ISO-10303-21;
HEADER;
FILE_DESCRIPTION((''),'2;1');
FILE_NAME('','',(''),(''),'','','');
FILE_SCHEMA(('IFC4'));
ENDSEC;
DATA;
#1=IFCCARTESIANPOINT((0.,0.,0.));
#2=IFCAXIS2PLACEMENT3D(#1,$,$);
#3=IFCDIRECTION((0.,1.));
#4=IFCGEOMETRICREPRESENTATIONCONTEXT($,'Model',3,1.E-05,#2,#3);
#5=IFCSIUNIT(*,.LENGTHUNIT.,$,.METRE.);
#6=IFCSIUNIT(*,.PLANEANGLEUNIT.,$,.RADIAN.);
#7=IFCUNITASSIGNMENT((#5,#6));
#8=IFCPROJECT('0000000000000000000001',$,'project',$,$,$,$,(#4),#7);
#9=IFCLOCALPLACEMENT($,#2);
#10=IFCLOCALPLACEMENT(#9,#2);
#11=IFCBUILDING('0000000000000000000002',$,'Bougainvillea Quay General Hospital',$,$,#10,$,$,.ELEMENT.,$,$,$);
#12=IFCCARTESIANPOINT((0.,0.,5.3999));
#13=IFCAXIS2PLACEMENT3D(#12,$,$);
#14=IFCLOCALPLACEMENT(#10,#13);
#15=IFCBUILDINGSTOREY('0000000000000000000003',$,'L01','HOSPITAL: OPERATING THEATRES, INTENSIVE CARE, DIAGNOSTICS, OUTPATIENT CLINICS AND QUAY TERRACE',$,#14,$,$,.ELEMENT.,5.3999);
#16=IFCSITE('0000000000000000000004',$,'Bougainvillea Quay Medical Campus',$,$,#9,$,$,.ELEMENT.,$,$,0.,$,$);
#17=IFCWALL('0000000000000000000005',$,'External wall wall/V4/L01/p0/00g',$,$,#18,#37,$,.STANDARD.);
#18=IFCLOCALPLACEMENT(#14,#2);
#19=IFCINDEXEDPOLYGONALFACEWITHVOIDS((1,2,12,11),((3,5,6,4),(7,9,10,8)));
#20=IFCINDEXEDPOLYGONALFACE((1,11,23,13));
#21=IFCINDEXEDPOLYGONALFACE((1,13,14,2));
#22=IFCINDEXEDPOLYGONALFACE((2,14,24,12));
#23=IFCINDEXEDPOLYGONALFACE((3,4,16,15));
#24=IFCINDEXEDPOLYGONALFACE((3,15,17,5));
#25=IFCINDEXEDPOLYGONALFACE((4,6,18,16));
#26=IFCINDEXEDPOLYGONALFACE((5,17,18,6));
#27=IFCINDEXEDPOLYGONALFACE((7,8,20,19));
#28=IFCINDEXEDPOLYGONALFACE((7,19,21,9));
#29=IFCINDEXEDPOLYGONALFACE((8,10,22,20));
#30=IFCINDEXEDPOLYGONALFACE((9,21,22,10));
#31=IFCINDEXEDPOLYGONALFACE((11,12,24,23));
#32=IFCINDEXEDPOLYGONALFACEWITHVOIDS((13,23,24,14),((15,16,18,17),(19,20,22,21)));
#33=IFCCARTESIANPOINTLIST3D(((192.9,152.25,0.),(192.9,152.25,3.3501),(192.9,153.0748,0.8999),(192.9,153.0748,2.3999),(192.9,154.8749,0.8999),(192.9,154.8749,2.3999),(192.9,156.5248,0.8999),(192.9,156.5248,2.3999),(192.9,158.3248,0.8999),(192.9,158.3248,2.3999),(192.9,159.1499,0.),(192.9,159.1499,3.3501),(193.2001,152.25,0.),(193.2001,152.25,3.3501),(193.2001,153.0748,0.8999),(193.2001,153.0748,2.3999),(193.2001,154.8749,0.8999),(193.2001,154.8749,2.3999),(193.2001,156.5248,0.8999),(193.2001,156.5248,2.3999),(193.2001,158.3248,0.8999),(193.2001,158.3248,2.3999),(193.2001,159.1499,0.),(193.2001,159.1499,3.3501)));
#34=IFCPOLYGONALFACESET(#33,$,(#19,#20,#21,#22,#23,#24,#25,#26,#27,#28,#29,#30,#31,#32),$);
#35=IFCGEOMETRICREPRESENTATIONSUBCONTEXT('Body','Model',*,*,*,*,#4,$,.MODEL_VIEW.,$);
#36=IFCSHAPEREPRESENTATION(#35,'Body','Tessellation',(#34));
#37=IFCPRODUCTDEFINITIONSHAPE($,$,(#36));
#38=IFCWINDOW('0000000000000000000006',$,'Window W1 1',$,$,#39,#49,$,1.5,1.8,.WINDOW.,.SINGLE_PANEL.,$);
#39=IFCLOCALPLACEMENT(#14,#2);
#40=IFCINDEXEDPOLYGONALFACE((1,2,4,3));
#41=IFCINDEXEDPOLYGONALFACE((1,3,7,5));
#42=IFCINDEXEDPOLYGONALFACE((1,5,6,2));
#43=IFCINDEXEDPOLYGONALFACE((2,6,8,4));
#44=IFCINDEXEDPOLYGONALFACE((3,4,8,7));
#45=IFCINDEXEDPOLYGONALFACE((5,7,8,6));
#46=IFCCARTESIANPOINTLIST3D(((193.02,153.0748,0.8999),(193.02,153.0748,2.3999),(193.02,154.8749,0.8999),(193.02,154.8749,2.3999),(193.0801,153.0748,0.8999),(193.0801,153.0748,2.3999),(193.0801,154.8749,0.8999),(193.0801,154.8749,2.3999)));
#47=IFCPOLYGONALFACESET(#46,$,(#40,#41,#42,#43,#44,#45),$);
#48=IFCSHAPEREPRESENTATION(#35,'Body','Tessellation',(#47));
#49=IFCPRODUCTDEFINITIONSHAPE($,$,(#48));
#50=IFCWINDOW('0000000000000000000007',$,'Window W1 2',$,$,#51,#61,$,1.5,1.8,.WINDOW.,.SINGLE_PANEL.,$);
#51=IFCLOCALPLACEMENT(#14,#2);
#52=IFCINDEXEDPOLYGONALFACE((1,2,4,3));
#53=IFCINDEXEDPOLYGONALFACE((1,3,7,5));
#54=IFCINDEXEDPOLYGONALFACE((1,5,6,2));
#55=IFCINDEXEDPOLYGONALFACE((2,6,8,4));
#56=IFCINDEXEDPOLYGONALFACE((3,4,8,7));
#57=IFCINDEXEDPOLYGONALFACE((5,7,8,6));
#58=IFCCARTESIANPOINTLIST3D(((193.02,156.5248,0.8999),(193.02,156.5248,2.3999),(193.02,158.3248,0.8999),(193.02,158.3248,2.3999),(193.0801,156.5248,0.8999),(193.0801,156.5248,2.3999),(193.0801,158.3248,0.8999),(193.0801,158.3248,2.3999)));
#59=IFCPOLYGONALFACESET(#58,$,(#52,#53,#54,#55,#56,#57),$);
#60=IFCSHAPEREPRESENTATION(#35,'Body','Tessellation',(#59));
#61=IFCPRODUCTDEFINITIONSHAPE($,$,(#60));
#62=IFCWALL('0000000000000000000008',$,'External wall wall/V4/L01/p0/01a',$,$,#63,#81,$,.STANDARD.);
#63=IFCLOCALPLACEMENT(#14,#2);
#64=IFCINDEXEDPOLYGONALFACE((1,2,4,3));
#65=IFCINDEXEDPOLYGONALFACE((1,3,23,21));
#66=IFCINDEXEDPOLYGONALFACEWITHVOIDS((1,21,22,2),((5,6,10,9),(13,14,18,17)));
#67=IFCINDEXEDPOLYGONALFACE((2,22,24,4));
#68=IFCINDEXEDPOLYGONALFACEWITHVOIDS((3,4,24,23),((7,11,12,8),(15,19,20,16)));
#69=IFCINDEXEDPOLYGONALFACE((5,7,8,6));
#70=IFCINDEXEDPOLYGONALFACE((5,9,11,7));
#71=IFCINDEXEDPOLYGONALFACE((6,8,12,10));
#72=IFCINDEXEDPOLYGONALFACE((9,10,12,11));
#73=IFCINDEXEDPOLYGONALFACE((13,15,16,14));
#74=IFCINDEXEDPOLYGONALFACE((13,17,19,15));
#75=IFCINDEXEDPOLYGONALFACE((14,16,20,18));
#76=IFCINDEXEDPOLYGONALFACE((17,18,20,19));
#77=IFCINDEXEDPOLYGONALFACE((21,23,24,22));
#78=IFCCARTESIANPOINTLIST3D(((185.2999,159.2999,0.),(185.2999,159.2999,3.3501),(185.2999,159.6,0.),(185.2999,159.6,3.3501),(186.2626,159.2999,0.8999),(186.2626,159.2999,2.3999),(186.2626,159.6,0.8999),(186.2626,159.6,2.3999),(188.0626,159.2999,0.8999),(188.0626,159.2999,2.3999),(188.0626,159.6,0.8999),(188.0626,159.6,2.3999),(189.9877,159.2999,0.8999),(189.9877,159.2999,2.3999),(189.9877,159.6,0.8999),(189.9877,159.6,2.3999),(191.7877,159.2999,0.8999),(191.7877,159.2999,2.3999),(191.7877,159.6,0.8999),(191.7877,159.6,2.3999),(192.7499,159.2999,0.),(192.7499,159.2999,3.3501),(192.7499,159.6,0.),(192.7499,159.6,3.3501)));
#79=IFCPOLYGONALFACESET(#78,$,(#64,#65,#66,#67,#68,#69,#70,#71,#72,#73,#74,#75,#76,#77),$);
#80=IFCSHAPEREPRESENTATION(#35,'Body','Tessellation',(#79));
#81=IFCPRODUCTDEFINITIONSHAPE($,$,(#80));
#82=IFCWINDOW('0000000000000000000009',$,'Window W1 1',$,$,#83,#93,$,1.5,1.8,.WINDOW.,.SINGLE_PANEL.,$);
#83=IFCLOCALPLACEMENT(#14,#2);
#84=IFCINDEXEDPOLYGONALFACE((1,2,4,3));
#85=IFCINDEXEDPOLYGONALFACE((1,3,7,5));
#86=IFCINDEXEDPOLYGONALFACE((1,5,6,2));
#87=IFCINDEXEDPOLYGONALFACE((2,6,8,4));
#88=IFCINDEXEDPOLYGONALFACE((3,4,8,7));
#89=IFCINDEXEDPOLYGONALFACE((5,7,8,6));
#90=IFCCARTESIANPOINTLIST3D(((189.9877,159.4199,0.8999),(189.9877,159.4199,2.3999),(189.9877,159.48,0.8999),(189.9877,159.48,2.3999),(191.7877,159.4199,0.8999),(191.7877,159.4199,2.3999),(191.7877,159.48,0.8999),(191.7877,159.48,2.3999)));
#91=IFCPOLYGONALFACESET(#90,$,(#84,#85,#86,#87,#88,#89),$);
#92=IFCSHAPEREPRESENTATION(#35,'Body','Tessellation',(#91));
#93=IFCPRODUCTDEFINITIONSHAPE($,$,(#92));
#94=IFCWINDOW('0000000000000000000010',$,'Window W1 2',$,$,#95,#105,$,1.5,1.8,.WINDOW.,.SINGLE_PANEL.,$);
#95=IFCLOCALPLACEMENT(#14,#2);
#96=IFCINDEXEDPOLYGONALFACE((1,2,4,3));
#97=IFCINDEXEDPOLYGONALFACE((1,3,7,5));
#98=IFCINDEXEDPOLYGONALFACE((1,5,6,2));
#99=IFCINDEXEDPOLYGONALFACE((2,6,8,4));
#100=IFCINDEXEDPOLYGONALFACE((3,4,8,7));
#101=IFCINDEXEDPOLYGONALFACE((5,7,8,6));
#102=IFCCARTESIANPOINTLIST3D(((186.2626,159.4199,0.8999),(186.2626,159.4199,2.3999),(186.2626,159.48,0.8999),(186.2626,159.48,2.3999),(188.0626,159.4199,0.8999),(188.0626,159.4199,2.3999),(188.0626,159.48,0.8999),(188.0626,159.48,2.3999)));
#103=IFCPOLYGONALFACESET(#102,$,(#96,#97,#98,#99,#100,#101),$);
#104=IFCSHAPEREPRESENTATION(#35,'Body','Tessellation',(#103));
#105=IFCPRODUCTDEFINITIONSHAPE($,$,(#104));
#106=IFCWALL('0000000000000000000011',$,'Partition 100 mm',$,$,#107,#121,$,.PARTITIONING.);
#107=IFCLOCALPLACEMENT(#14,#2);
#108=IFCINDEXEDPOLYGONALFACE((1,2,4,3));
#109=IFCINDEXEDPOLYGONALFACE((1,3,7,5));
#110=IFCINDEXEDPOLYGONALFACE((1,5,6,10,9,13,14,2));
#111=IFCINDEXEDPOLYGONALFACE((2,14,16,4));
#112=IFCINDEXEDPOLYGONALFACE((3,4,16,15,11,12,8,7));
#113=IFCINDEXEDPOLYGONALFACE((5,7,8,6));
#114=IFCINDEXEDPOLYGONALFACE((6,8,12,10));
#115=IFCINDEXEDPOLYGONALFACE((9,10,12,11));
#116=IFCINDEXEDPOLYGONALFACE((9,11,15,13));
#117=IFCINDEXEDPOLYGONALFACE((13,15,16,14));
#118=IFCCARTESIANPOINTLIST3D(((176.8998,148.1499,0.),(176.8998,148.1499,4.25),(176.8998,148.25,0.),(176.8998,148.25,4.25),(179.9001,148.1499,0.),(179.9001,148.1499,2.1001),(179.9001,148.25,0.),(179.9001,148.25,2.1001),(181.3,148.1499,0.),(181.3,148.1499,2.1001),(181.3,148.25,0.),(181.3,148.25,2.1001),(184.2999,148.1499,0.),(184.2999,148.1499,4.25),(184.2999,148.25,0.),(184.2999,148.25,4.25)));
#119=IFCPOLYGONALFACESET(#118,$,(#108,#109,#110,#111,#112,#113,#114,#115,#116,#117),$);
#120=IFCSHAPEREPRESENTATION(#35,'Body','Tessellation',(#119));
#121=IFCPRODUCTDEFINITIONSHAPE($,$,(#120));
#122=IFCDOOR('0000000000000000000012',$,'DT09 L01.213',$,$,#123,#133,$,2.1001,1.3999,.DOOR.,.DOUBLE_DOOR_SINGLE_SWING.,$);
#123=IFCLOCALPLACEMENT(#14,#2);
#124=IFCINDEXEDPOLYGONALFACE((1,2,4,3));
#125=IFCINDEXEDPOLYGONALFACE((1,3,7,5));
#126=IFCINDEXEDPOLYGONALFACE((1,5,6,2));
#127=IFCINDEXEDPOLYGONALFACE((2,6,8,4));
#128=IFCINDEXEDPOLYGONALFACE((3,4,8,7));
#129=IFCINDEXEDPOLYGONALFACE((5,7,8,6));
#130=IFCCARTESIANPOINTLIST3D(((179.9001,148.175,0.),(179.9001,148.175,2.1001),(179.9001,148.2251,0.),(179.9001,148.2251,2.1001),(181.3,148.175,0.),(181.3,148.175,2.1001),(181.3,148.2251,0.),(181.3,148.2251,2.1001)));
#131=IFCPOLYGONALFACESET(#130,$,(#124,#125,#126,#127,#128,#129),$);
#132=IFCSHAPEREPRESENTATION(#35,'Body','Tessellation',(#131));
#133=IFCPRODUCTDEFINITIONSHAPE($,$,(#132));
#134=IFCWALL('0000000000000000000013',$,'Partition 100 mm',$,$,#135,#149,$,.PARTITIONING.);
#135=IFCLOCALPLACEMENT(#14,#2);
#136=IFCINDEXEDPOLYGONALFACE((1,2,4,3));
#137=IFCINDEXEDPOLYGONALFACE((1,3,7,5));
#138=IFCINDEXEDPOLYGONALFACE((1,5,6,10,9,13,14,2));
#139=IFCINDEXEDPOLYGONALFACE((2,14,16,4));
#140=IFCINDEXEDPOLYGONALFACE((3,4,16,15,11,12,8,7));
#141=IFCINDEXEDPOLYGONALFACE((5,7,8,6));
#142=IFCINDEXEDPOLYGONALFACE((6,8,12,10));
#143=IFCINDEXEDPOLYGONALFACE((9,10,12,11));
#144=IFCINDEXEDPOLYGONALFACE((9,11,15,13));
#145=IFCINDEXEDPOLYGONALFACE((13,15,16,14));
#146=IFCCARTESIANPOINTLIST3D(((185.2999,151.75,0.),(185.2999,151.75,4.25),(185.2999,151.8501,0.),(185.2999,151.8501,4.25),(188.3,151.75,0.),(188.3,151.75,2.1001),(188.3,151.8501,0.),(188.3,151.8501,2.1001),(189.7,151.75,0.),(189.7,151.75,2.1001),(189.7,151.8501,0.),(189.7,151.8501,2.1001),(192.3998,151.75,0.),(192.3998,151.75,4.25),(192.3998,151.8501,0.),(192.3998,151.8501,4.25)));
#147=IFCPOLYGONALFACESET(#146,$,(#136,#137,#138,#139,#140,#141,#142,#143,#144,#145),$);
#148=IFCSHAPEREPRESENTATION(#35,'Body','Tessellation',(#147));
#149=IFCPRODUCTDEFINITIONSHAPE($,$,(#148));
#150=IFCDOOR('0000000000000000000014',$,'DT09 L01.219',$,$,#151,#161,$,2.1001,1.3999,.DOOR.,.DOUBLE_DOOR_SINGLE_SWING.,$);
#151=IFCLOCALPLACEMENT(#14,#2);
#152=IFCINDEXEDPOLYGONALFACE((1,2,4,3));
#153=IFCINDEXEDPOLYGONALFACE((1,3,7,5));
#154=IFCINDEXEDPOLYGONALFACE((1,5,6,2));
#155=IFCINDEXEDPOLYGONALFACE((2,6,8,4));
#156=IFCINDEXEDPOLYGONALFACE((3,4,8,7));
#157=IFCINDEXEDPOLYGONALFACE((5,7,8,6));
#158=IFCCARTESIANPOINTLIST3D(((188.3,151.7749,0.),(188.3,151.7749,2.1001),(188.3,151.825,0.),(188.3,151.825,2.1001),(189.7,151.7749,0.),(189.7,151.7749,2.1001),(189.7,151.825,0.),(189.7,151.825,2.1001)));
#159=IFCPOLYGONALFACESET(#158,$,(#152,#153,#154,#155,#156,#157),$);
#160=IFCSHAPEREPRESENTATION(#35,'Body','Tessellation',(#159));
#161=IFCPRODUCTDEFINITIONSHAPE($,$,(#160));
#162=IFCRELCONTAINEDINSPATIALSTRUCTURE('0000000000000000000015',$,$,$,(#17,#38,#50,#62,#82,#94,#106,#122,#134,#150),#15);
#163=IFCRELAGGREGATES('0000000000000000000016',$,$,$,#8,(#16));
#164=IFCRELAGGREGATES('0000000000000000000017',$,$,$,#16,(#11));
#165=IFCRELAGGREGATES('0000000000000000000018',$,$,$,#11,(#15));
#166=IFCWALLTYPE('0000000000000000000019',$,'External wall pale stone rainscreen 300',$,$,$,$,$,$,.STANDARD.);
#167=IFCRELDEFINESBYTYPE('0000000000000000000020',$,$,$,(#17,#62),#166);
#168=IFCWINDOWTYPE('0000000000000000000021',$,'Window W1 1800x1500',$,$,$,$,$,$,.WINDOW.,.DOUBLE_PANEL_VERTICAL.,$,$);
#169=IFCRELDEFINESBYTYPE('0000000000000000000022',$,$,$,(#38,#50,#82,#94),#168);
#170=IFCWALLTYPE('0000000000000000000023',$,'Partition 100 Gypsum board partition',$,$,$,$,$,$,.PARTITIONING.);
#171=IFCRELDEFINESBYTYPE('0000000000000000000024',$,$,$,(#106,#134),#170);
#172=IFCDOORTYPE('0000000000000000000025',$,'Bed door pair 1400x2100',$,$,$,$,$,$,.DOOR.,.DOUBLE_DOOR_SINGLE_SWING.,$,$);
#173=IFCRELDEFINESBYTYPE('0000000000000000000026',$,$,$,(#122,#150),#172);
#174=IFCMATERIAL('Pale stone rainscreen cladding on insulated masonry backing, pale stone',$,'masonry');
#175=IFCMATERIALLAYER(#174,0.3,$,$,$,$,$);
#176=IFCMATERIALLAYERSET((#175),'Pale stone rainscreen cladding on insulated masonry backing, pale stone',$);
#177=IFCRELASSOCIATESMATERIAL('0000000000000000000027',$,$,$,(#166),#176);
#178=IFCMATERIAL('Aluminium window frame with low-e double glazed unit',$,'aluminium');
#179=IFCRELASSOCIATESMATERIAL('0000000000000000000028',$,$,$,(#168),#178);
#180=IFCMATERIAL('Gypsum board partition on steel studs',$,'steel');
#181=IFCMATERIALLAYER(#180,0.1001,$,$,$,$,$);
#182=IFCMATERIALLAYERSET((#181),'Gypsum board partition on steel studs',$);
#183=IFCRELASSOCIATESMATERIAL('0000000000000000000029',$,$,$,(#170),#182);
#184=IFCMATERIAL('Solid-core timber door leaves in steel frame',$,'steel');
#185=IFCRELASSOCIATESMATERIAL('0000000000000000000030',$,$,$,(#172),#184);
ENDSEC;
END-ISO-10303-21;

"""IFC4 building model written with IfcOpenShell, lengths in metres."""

from ifc_helpers import new_model, si_unit, direction, frame, frame_2d, origin, place, context, subcontext, project, spatial, rectangle, extrude, material, layer, layer_set, type_object, element, fill, save


model = new_model("IFC4")

# Units and contexts
model_context = context("Model", 3, precision=1e-05, world=origin(), true_north=direction((0.0, 1.0)))
body_context = subcontext(model_context, "Body", "Model", "MODEL_VIEW")
ifc_project = project(units=[si_unit("LENGTHUNIT", "METRE"), si_unit("PLANEANGLEUNIT", "RADIAN")], contexts=[model_context])

# Site, building, storey
site_placement = place(None, origin())
site = spatial("IfcSite", under=ifc_project, at=site_placement, Name="Bougainvillea Quay Medical Campus", CompositionType="ELEMENT", RefElevation=0.0)
building_placement = place(site_placement, origin())
building = spatial("IfcBuilding", under=site, at=building_placement, Name="Bougainvillea Quay General Hospital", CompositionType="ELEMENT")
storey_placement = place(building_placement, frame((0.0, 0.0, 5.3999)))
storey = spatial("IfcBuildingStorey", under=building, at=storey_placement, Name="L01", Description="HOSPITAL: OPERATING THEATRES, INTENSIVE CARE, DIAGNOSTICS, OUTPATIENT CLINICS AND QUAY TERRACE", CompositionType="ELEMENT", Elevation=5.3999)

# Shared definitions
ifc_material_1 = material(Name="Pale stone rainscreen cladding on insulated masonry backing, pale stone", Category="masonry")
ifc_layer_1 = layer(ifc_material_1, 0.3)
ifc_layer_set_1 = layer_set([ifc_layer_1], Name="Pale stone rainscreen cladding on insulated masonry backing, pale stone")
wall_type_1 = type_object("IfcWallType", Name="External wall pale stone rainscreen 300", PredefinedType="STANDARD", material=ifc_layer_set_1)
ifc_material_2 = material(Name="Aluminium window frame with low-e double glazed unit", Category="aluminium")
window_type = type_object("IfcWindowType", Name="Window W1 1800x1500", PartitioningType="DOUBLE_PANEL_VERTICAL", PredefinedType="WINDOW", material=ifc_material_2)

# Walls, openings, windows
wall_1_placement = place(storey_placement, frame((193.05, 152.25, 0.0), z_axis=(0.0, 0.0, 1.0), x_axis=(0.0, 1.0, 0.0)))
wall_1 = element("IfcWall", 1, at=wall_1_placement, inside=storey, type_object=wall_type_1, Name="External wall wall/V4/L01/p0/00g", PredefinedType="STANDARD", context=body_context, shape_type="SweptSolid", body=[
    extrude(rectangle(XDim=6.8999, YDim=0.3, at=frame_2d((3.45, 0.0))), origin(), (0.0, 0.0, 1.0), 3.3501),
])
opening_1_placement = place(wall_1_placement, frame((0.825, 0.0, 0.8999)))
opening_1 = element("IfcOpeningElement", 2, at=opening_1_placement, cuts=wall_1, PredefinedType="OPENING", context=body_context, shape_type="SweptSolid", body=[
    extrude(rectangle(XDim=1.8, YDim=1.5, at=frame_2d((0.8999, 0.75))), frame((0.0, 0.1599, 0.0), z_axis=(0.0, -1.0, 0.0), x_axis=(1.0, 0.0, 0.0)), (0.0, 0.0, 1.0), 0.3201),
])
opening_2_placement = place(wall_1_placement, frame((4.2749, 0.0, 0.8999)))
opening_2 = element("IfcOpeningElement", 3, at=opening_2_placement, cuts=wall_1, PredefinedType="OPENING", context=body_context, shape_type="SweptSolid", body=[
    extrude(rectangle(XDim=1.8, YDim=1.5, at=frame_2d((0.8999, 0.75))), frame((0.0, 0.1599, 0.0), z_axis=(0.0, -1.0, 0.0), x_axis=(1.0, 0.0, 0.0)), (0.0, 0.0, 1.0), 0.3201),
])
window_1_placement = place(opening_1_placement, origin())
window_1 = element("IfcWindow", 4, at=window_1_placement, inside=storey, type_object=window_type, Name="Window W1 1", OverallHeight=1.5, OverallWidth=1.8, PartitioningType="SINGLE_PANEL", PredefinedType="WINDOW", context=body_context, shape_type="SweptSolid", body=[
    extrude(rectangle(XDim=1.8, YDim=1.5, at=frame_2d((0.8999, 0.75))), frame((0.0, 0.03, 0.0), z_axis=(0.0, -1.0, 0.0), x_axis=(1.0, 0.0, 0.0)), (0.0, 0.0, 1.0), 0.0601),
])
fill(opening_1, window_1)
window_2_placement = place(opening_2_placement, origin())
window_2 = element("IfcWindow", 5, at=window_2_placement, inside=storey, type_object=window_type, Name="Window W1 2", OverallHeight=1.5, OverallWidth=1.8, PartitioningType="SINGLE_PANEL", PredefinedType="WINDOW", context=body_context, shape_type="SweptSolid", body=[
    extrude(rectangle(XDim=1.8, YDim=1.5, at=frame_2d((0.8999, 0.75))), frame((0.0, 0.03, 0.0), z_axis=(0.0, -1.0, 0.0), x_axis=(1.0, 0.0, 0.0)), (0.0, 0.0, 1.0), 0.0601),
])
fill(opening_2, window_2)
wall_2_placement = place(storey_placement, frame((192.75, 159.45, 0.0), z_axis=(0.0, 0.0, 1.0), x_axis=(-1.0, 0.0, 0.0)))
wall_2 = element("IfcWall", 6, at=wall_2_placement, inside=storey, type_object=wall_type_1, Name="External wall wall/V4/L01/p0/01a", PredefinedType="STANDARD", context=body_context, shape_type="SweptSolid", body=[
    extrude(rectangle(XDim=7.45, YDim=0.3, at=frame_2d((3.7251, 0.0))), origin(), (0.0, 0.0, 1.0), 3.3501),
])
opening_3_placement = place(wall_2_placement, frame((0.9624, 0.0, 0.8999)))
opening_3 = element("IfcOpeningElement", 7, at=opening_3_placement, cuts=wall_2, PredefinedType="OPENING", context=body_context, shape_type="SweptSolid", body=[
    extrude(rectangle(XDim=1.8, YDim=1.5, at=frame_2d((0.8999, 0.75))), frame((0.0, 0.1599, 0.0), z_axis=(0.0, -1.0, 0.0), x_axis=(1.0, 0.0, 0.0)), (0.0, 0.0, 1.0), 0.3201),
])
opening_4_placement = place(wall_2_placement, frame((4.6875, 0.0, 0.8999)))
opening_4 = element("IfcOpeningElement", 8, at=opening_4_placement, cuts=wall_2, PredefinedType="OPENING", context=body_context, shape_type="SweptSolid", body=[
    extrude(rectangle(XDim=1.8, YDim=1.5, at=frame_2d((0.8999, 0.75))), frame((0.0, 0.1599, 0.0), z_axis=(0.0, -1.0, 0.0), x_axis=(1.0, 0.0, 0.0)), (0.0, 0.0, 1.0), 0.3201),
])
window_3_placement = place(opening_3_placement, origin())
window_3 = element("IfcWindow", 9, at=window_3_placement, inside=storey, type_object=window_type, Name="Window W1 1", OverallHeight=1.5, OverallWidth=1.8, PartitioningType="SINGLE_PANEL", PredefinedType="WINDOW", context=body_context, shape_type="SweptSolid", body=[
    extrude(rectangle(XDim=1.8, YDim=1.5, at=frame_2d((0.8999, 0.75))), frame((0.0, 0.03, 0.0), z_axis=(0.0, -1.0, 0.0), x_axis=(1.0, 0.0, 0.0)), (0.0, 0.0, 1.0), 0.0601),
])
fill(opening_3, window_3)
window_4_placement = place(opening_4_placement, origin())
window_4 = element("IfcWindow", 10, at=window_4_placement, inside=storey, type_object=window_type, Name="Window W1 2", OverallHeight=1.5, OverallWidth=1.8, PartitioningType="SINGLE_PANEL", PredefinedType="WINDOW", context=body_context, shape_type="SweptSolid", body=[
    extrude(rectangle(XDim=1.8, YDim=1.5, at=frame_2d((0.8999, 0.75))), frame((0.0, 0.03, 0.0), z_axis=(0.0, -1.0, 0.0), x_axis=(1.0, 0.0, 0.0)), (0.0, 0.0, 1.0), 0.0601),
])
fill(opening_4, window_4)

# Walls, openings, doors
ifc_material_3 = material(Name="Gypsum board partition on steel studs", Category="steel")
ifc_layer_2 = layer(ifc_material_3, 0.1001)
ifc_layer_set_2 = layer_set([ifc_layer_2], Name="Gypsum board partition on steel studs")
wall_type_2 = type_object("IfcWallType", Name="Partition 100 Gypsum board partition", PredefinedType="PARTITIONING", material=ifc_layer_set_2)
wall_3_placement = place(storey_placement, frame((184.3, 148.2, 0.0), z_axis=(0.0, 0.0, 1.0), x_axis=(-1.0, 0.0, 0.0)))
wall_3 = element("IfcWall", 11, at=wall_3_placement, inside=storey, type_object=wall_type_2, Name="Partition 100 mm", PredefinedType="PARTITIONING", context=body_context, shape_type="SweptSolid", body=[
    extrude(rectangle(XDim=7.4001, YDim=0.1001, at=frame_2d((3.7002, 0.0))), origin(), (0.0, 0.0, 1.0), 4.25),
])
opening_5_placement = place(wall_3_placement, frame((3.0, 0.0, 0.0)))
opening_5 = element("IfcOpeningElement", 12, at=opening_5_placement, cuts=wall_3, PredefinedType="OPENING", context=body_context, shape_type="SweptSolid", body=[
    extrude(rectangle(XDim=1.3999, YDim=2.1001, at=frame_2d((0.7, 1.05))), frame((0.0, 0.0601, 0.0), z_axis=(0.0, -1.0, 0.0), x_axis=(1.0, 0.0, 0.0)), (0.0, 0.0, 1.0), 0.1201),
])
ifc_material_4 = material(Name="Solid-core timber door leaves in steel frame", Category="steel")
door_type_1 = type_object("IfcDoorType", Name="Bed door pair 1400x2100", OperationType="DOUBLE_DOOR_SINGLE_SWING", PredefinedType="DOOR", material=ifc_material_4)
door_1_placement = place(opening_5_placement, origin())
door_1 = element("IfcDoor", 13, at=door_1_placement, inside=storey, type_object=door_type_1, Name="DT09 L01.213", OperationType="DOUBLE_DOOR_SINGLE_SWING", OverallHeight=2.1001, OverallWidth=1.3999, PredefinedType="DOOR", context=body_context, shape_type="SweptSolid", body=[
    extrude(rectangle(XDim=1.3999, YDim=2.1001, at=frame_2d((0.7, 1.05))), frame((0.0, 0.0249, 0.0), z_axis=(0.0, -1.0, 0.0), x_axis=(1.0, 0.0, 0.0)), (0.0, 0.0, 1.0), 0.05),
])
fill(opening_5, door_1)
wall_4_placement = place(storey_placement, frame((185.3, 151.8, 0.0), z_axis=(0.0, 0.0, 1.0), x_axis=(1.0, 0.0, 0.0)))
wall_4 = element("IfcWall", 14, at=wall_4_placement, inside=storey, type_object=wall_type_2, Name="Partition 100 mm", PredefinedType="PARTITIONING", context=body_context, shape_type="SweptSolid", body=[
    extrude(rectangle(XDim=7.0999, YDim=0.1001, at=frame_2d((3.5498, 0.0))), origin(), (0.0, 0.0, 1.0), 4.25),
])
opening_6_placement = place(wall_4_placement, frame((3.0, 0.0, 0.0)))
opening_6 = element("IfcOpeningElement", 15, at=opening_6_placement, cuts=wall_4, PredefinedType="OPENING", context=body_context, shape_type="SweptSolid", body=[
    extrude(rectangle(XDim=1.3999, YDim=2.1001, at=frame_2d((0.7, 1.05))), frame((0.0, 0.0601, 0.0), z_axis=(0.0, -1.0, 0.0), x_axis=(1.0, 0.0, 0.0)), (0.0, 0.0, 1.0), 0.1201),
])
door_2_placement = place(opening_6_placement, origin())
door_2 = element("IfcDoor", 16, at=door_2_placement, inside=storey, type_object=door_type_1, Name="DT09 L01.219", OperationType="DOUBLE_DOOR_SINGLE_SWING", OverallHeight=2.1001, OverallWidth=1.3999, PredefinedType="DOOR", context=body_context, shape_type="SweptSolid", body=[
    extrude(rectangle(XDim=1.3999, YDim=2.1001, at=frame_2d((0.7, 1.05))), frame((0.0, 0.0249, 0.0), z_axis=(0.0, -1.0, 0.0), x_axis=(1.0, 0.0, 0.0)), (0.0, 0.0, 1.0), 0.05),
])
fill(opening_6, door_2)

save(model, "model.ifc")
